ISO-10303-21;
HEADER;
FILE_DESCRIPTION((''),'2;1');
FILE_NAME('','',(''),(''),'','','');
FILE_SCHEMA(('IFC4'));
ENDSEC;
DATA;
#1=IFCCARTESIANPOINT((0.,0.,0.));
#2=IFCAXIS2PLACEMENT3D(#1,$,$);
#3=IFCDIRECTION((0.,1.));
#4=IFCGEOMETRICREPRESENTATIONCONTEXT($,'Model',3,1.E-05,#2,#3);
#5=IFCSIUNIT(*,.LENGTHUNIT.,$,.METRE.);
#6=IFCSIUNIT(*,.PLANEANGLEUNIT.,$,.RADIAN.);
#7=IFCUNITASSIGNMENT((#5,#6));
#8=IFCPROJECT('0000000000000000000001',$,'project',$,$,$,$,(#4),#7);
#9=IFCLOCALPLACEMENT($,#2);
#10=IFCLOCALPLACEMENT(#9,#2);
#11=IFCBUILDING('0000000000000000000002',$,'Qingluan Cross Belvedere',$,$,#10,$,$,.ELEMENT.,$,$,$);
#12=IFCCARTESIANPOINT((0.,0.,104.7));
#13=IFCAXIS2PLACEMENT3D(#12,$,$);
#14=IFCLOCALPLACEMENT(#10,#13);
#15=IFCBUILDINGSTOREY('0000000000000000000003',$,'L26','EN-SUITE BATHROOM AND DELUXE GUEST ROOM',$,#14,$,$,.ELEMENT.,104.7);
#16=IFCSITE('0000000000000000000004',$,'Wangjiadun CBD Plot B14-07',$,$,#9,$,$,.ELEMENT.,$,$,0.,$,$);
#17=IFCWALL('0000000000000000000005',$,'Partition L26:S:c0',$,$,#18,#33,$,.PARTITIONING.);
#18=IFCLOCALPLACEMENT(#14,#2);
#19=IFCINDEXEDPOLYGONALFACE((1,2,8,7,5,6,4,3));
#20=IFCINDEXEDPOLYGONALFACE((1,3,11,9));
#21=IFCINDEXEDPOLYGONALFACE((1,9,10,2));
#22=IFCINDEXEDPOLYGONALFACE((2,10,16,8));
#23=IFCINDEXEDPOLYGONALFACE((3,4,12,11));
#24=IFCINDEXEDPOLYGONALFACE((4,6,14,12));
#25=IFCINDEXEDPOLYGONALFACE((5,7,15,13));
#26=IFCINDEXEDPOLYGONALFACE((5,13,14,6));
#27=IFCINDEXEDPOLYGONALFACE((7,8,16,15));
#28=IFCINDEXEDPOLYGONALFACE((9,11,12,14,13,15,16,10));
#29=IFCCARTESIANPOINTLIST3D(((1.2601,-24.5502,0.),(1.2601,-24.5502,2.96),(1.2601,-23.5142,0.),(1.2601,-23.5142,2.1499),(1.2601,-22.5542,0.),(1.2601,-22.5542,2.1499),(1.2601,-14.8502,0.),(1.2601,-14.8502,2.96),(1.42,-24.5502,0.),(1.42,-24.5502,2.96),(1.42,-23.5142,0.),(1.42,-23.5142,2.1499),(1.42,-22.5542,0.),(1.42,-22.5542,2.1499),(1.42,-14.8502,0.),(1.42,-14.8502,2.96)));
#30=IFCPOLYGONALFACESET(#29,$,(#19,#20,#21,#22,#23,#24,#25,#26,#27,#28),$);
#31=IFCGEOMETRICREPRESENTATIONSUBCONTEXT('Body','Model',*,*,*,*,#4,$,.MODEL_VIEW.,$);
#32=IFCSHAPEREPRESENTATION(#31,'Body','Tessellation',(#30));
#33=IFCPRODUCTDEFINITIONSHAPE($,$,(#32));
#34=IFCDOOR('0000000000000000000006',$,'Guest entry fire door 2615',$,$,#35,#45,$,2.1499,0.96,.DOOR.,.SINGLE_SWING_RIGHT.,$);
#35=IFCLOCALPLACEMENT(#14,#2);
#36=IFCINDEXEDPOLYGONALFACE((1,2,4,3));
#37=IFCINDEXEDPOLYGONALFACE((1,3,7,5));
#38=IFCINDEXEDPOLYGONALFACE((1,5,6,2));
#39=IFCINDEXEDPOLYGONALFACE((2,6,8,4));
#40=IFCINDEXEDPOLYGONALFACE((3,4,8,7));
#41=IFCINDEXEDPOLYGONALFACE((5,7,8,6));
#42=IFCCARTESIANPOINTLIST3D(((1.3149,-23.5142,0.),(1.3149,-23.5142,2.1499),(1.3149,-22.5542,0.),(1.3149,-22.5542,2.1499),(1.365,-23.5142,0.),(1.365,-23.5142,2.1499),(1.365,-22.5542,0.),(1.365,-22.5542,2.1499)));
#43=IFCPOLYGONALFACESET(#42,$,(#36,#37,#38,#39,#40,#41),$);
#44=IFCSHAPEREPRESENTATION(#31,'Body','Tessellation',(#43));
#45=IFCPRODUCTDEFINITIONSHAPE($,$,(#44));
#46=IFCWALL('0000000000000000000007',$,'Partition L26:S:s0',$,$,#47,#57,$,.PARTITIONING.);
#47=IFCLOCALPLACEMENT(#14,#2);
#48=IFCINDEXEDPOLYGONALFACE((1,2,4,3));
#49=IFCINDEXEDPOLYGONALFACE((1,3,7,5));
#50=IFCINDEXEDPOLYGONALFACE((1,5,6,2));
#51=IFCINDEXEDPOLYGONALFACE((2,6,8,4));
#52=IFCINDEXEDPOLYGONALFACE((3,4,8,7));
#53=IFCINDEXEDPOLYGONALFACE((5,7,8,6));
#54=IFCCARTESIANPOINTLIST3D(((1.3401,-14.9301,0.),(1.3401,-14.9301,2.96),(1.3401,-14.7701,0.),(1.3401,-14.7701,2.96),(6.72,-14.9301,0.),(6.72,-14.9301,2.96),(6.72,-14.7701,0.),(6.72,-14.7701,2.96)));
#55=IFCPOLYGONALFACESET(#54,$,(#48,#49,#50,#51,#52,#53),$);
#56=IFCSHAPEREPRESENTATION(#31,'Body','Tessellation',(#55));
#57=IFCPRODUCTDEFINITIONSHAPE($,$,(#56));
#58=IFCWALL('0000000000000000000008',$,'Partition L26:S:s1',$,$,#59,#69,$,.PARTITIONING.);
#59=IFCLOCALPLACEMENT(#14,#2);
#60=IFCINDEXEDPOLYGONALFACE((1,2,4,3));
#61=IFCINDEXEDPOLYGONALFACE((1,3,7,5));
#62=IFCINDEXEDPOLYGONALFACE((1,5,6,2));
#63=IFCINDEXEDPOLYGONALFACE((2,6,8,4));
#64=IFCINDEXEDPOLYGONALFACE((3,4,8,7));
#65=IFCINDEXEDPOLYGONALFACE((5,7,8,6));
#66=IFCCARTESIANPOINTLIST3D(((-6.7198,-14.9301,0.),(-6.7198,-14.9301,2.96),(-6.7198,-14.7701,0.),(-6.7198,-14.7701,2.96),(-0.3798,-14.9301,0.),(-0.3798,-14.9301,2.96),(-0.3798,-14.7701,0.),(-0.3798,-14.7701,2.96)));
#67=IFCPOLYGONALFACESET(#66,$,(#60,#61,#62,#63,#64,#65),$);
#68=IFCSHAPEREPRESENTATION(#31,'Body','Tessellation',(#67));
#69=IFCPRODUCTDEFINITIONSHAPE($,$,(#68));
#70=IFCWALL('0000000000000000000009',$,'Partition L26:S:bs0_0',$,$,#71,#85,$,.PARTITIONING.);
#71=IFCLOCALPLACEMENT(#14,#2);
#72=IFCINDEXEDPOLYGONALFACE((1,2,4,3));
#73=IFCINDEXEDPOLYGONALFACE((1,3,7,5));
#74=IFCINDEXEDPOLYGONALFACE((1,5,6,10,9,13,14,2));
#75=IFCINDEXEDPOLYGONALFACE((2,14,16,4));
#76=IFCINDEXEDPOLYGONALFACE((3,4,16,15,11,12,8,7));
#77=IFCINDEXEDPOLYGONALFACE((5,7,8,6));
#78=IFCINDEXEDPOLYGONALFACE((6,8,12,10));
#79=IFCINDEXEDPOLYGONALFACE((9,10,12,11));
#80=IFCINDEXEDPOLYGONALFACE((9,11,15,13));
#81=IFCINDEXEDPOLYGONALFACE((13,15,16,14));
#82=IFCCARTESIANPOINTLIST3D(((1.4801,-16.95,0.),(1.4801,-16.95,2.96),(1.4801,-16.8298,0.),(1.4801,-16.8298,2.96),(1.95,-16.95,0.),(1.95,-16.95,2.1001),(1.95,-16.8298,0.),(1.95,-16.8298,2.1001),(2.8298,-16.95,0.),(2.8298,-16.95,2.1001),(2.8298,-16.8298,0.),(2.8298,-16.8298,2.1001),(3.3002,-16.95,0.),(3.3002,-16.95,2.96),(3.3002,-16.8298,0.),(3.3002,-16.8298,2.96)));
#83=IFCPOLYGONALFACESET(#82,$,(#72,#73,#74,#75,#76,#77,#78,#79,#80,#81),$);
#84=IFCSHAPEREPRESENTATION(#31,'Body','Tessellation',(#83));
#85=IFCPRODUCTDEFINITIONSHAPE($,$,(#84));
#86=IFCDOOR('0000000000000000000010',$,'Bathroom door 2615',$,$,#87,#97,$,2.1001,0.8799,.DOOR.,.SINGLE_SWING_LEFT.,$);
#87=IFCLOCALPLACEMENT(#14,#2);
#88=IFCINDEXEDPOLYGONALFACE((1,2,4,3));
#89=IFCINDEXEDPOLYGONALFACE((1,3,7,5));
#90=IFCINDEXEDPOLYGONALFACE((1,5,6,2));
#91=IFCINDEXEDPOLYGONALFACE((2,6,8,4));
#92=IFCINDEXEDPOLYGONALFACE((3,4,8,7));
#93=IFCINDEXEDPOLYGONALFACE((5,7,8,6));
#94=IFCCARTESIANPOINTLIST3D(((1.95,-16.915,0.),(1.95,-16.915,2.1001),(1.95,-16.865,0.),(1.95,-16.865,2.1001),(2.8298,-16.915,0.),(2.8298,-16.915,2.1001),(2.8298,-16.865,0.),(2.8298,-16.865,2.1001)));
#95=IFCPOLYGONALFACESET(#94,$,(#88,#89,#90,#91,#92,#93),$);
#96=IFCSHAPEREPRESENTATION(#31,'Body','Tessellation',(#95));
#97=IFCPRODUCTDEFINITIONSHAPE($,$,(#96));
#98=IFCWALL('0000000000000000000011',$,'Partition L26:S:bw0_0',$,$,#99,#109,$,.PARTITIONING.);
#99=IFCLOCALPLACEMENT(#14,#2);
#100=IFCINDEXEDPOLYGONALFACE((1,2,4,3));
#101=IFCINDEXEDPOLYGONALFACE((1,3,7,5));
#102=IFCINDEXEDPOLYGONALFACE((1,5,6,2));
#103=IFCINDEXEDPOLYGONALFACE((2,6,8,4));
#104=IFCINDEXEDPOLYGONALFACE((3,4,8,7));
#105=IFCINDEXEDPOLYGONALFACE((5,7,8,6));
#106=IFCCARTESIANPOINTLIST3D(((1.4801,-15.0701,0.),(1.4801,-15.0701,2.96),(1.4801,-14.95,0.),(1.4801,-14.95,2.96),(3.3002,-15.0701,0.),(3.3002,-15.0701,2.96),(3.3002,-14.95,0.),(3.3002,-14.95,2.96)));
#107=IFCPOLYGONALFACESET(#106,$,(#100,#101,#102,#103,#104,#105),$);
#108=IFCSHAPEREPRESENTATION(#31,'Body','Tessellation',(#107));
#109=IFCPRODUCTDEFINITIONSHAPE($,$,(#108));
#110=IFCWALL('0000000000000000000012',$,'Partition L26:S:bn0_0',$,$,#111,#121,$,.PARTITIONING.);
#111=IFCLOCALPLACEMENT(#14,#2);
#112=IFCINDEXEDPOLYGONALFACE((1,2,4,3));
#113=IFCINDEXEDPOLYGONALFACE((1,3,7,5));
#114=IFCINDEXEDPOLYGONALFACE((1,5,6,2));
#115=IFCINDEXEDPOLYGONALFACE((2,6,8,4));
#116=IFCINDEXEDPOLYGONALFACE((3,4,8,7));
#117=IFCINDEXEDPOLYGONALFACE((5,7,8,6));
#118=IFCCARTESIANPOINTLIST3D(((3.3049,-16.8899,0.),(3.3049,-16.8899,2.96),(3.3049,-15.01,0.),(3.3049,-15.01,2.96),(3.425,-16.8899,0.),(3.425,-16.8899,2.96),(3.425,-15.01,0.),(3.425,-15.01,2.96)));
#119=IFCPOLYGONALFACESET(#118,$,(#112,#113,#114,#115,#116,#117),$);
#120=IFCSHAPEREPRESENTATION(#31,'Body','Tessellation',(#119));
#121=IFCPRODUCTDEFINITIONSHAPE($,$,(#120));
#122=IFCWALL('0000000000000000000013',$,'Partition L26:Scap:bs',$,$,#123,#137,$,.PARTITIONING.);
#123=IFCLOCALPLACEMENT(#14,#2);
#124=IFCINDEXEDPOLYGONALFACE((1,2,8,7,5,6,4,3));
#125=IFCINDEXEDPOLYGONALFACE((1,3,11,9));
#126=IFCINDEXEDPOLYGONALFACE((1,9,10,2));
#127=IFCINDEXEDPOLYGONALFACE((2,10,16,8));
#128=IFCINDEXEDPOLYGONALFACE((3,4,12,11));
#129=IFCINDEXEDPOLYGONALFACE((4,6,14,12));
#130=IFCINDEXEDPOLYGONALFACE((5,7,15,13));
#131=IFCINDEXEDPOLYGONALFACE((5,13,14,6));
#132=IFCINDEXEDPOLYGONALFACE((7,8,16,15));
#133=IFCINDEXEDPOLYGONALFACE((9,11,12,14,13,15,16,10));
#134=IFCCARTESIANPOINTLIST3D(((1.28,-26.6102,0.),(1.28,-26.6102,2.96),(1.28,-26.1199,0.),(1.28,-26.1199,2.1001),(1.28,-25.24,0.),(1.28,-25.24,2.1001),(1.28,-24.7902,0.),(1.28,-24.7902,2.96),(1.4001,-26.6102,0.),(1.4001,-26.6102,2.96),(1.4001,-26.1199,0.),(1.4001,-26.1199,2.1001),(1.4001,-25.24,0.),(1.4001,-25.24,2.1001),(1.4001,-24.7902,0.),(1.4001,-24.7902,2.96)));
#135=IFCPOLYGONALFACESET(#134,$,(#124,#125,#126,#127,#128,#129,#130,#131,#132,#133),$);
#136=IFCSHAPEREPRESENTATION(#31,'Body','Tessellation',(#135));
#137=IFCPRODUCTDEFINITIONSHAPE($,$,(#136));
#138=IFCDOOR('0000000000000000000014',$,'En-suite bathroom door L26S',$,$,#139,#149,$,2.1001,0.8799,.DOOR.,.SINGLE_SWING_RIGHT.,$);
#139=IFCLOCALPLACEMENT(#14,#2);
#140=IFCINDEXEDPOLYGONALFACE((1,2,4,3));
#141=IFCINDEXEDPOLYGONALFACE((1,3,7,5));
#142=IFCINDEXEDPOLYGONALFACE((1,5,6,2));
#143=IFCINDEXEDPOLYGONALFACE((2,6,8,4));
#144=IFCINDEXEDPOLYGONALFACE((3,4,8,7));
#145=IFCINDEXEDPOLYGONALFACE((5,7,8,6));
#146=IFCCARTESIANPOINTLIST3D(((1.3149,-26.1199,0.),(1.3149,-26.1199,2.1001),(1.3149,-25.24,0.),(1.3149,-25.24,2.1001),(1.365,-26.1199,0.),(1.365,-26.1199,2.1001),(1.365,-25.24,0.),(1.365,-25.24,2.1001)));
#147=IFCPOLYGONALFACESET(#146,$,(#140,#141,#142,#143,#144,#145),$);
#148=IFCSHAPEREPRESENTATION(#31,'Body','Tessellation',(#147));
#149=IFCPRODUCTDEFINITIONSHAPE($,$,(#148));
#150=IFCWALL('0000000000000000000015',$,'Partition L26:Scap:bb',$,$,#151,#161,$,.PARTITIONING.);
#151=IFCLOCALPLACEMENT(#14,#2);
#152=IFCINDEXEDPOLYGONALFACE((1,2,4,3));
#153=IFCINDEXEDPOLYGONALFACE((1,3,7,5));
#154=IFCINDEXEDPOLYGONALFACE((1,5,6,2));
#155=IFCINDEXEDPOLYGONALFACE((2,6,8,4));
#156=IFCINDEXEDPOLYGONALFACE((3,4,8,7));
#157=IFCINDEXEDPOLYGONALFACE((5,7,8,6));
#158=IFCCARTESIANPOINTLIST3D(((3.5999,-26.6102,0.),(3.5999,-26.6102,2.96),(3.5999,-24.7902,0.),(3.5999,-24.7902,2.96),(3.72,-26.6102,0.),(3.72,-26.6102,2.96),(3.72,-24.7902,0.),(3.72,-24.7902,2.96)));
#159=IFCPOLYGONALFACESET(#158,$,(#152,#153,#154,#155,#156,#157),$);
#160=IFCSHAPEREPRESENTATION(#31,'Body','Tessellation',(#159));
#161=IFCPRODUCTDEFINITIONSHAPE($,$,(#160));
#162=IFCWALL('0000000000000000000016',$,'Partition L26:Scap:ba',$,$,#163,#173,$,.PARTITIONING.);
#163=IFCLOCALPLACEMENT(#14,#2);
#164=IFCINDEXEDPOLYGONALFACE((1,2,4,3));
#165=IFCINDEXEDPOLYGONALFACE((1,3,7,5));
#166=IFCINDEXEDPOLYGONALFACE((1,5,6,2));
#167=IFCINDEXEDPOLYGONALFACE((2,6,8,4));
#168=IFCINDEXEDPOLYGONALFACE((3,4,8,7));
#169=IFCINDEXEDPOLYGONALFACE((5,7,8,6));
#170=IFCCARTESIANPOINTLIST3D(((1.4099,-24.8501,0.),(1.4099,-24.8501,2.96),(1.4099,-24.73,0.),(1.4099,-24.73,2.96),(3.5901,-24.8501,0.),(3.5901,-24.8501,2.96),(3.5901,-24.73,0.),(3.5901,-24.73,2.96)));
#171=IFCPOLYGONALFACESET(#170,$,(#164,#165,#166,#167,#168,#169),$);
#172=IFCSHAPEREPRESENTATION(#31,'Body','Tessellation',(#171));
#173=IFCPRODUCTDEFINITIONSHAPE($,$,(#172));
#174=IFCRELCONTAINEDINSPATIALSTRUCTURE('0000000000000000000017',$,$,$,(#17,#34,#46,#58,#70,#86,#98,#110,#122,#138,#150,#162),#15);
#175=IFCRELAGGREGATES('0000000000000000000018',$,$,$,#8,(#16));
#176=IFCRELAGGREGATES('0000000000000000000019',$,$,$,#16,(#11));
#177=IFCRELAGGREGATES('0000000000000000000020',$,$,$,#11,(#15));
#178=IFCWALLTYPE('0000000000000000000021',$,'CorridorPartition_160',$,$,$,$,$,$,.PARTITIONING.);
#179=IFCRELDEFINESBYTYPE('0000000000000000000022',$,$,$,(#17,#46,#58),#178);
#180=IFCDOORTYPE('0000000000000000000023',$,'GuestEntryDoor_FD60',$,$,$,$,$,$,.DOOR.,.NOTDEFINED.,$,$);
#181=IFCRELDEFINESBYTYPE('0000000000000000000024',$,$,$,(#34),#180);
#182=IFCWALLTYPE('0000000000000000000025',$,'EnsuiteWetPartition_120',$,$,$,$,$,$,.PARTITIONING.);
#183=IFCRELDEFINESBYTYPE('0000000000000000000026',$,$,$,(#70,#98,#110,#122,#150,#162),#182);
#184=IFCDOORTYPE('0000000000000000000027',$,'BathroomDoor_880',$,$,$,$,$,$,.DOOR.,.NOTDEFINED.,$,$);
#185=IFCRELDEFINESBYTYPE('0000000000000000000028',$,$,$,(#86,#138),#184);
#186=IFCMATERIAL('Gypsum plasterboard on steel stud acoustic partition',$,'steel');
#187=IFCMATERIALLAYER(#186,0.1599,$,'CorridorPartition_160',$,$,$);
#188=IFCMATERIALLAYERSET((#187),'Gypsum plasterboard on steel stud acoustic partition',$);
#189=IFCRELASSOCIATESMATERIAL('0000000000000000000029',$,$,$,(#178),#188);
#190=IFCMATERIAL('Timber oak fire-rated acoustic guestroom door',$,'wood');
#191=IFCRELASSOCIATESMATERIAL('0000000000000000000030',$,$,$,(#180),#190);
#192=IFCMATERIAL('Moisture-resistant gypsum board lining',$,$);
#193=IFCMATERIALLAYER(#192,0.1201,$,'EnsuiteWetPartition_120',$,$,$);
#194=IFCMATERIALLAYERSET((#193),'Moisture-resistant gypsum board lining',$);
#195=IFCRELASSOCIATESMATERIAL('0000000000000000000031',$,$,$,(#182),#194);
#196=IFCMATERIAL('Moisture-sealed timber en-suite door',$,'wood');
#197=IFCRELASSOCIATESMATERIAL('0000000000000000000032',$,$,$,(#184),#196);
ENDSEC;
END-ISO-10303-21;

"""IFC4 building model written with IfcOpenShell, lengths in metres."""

from ifc_helpers import new_model, si_unit, direction, frame, frame_2d, origin, place, context, subcontext, project, spatial, rectangle, extrude, material, layer, layer_set, type_object, element, fill, save


model = new_model("IFC4")

# Units and contexts
model_context = context("Model", 3, precision=1e-05, world=origin(), true_north=direction((0.0, 1.0)))
body_context = subcontext(model_context, "Body", "Model", "MODEL_VIEW")
ifc_project = project(units=[si_unit("LENGTHUNIT", "METRE"), si_unit("PLANEANGLEUNIT", "RADIAN")], contexts=[model_context])

# Site, building, storey
site_placement = place(None, origin())
site = spatial("IfcSite", under=ifc_project, at=site_placement, Name="Wangjiadun CBD Plot B14-07", CompositionType="ELEMENT", RefElevation=0.0)
building_placement = place(site_placement, origin())
building = spatial("IfcBuilding", under=site, at=building_placement, Name="Qingluan Cross Belvedere", CompositionType="ELEMENT")
storey_placement = place(building_placement, frame((0.0, 0.0, 104.7)))
storey = spatial("IfcBuildingStorey", under=building, at=storey_placement, Name="L26", Description="EN-SUITE BATHROOM AND DELUXE GUEST ROOM", CompositionType="ELEMENT", Elevation=104.7)

# Wall, opening, door
ifc_material_1 = material(Name="Gypsum plasterboard on steel stud acoustic partition", Category="steel")
ifc_layer_1 = layer(ifc_material_1, 0.1599, Name="CorridorPartition_160")
ifc_layer_set_1 = layer_set([ifc_layer_1], Name="Gypsum plasterboard on steel stud acoustic partition")
wall_type_1 = type_object("IfcWallType", Name="CorridorPartition_160", PredefinedType="PARTITIONING", material=ifc_layer_set_1)
wall_1_placement = place(storey_placement, frame((1.3401, -14.8501, 0.0), z_axis=(0.0, 0.0, 1.0), x_axis=(0.0, -1.0, 0.0)))
wall_1 = element("IfcWall", 1, at=wall_1_placement, inside=storey, type_object=wall_type_1, Name="Partition L26:S:c0", PredefinedType="PARTITIONING", context=body_context, shape_type="SweptSolid", body=[
    extrude(rectangle(XDim=9.7, YDim=0.1599, at=frame_2d((4.8501, 0.0))), origin(), (0.0, 0.0, 1.0), 2.96),
])
opening_1_placement = place(wall_1_placement, frame((7.7041, 0.0, 0.0)))
opening_1 = element("IfcOpeningElement", 2, at=opening_1_placement, cuts=wall_1, PredefinedType="OPENING", context=body_context, shape_type="SweptSolid", body=[
    extrude(rectangle(XDim=0.96, YDim=2.1499, at=frame_2d((0.48, 1.075))), frame((0.0, 0.0898, 0.0), z_axis=(0.0, -1.0, 0.0), x_axis=(1.0, 0.0, 0.0)), (0.0, 0.0, 1.0), 0.1799),
])
ifc_material_2 = material(Name="Timber oak fire-rated acoustic guestroom door", Category="wood")
door_type_1 = type_object("IfcDoorType", Name="GuestEntryDoor_FD60", OperationType="NOTDEFINED", PredefinedType="DOOR", material=ifc_material_2)
door_1_placement = place(opening_1_placement, origin())
door_1 = element("IfcDoor", 3, at=door_1_placement, inside=storey, type_object=door_type_1, Name="Guest entry fire door 2615", OperationType="SINGLE_SWING_RIGHT", OverallHeight=2.1499, OverallWidth=0.96, PredefinedType="DOOR", context=body_context, shape_type="SweptSolid", body=[
    extrude(rectangle(XDim=0.96, YDim=2.1499, at=frame_2d((0.48, 1.075))), frame((0.0, 0.0249, 0.0), z_axis=(0.0, -1.0, 0.0), x_axis=(1.0, 0.0, 0.0)), (0.0, 0.0, 1.0), 0.05),
])
fill(opening_1, door_1)

# Walls
wall_2_placement = place(storey_placement, frame((1.3401, -14.8501, 0.0), z_axis=(0.0, 0.0, 1.0), x_axis=(1.0, 0.0, 0.0)))
element("IfcWall", 4, at=wall_2_placement, inside=storey, type_object=wall_type_1, Name="Partition L26:S:s0", PredefinedType="PARTITIONING", context=body_context, shape_type="SweptSolid", body=[
    extrude(rectangle(XDim=5.3799, YDim=0.1599, at=frame_2d((2.6899, 0.0))), origin(), (0.0, 0.0, 1.0), 2.96),
])
wall_3_placement = place(storey_placement, frame((-0.3799, -14.8501, 0.0), z_axis=(0.0, 0.0, 1.0), x_axis=(-1.0, 0.0, 0.0)))
element("IfcWall", 5, at=wall_3_placement, inside=storey, type_object=wall_type_1, Name="Partition L26:S:s1", PredefinedType="PARTITIONING", context=body_context, shape_type="SweptSolid", body=[
    extrude(rectangle(XDim=6.3401, YDim=0.1599, at=frame_2d((3.1699, 0.0))), origin(), (0.0, 0.0, 1.0), 2.96),
])

# Wall, opening, door
ifc_material_3 = material(Name="Moisture-resistant gypsum board lining")
ifc_layer_2 = layer(ifc_material_3, 0.1201, Name="EnsuiteWetPartition_120")
ifc_layer_set_2 = layer_set([ifc_layer_2], Name="Moisture-resistant gypsum board lining")
wall_type_2 = type_object("IfcWallType", Name="EnsuiteWetPartition_120", PredefinedType="PARTITIONING", material=ifc_layer_set_2)
wall_4_placement = place(storey_placement, frame((1.48, -16.8899, 0.0), z_axis=(0.0, 0.0, 1.0), x_axis=(1.0, 0.0, 0.0)))
wall_4 = element("IfcWall", 6, at=wall_4_placement, inside=storey, type_object=wall_type_2, Name="Partition L26:S:bs0_0", PredefinedType="PARTITIONING", context=body_context, shape_type="SweptSolid", body=[
    extrude(rectangle(XDim=1.8201, YDim=0.1201, at=frame_2d((0.9102, 0.0))), origin(), (0.0, 0.0, 1.0), 2.96),
])
opening_2_placement = place(wall_4_placement, frame((0.47, 0.0, 0.0)))
opening_2 = element("IfcOpeningElement", 7, at=opening_2_placement, cuts=wall_4, PredefinedType="OPENING", context=body_context, shape_type="SweptSolid", body=[
    extrude(rectangle(XDim=0.8799, YDim=2.1001, at=frame_2d((0.4399, 1.05))), frame((0.0, 0.0701, 0.0), z_axis=(0.0, -1.0, 0.0), x_axis=(1.0, 0.0, 0.0)), (0.0, 0.0, 1.0), 0.1401),
])
ifc_material_4 = material(Name="Moisture-sealed timber en-suite door", Category="wood")
door_type_2 = type_object("IfcDoorType", Name="BathroomDoor_880", OperationType="NOTDEFINED", PredefinedType="DOOR", material=ifc_material_4)
door_2_placement = place(opening_2_placement, origin())
door_2 = element("IfcDoor", 8, at=door_2_placement, inside=storey, type_object=door_type_2, Name="Bathroom door 2615", OperationType="SINGLE_SWING_LEFT", OverallHeight=2.1001, OverallWidth=0.8799, PredefinedType="DOOR", context=body_context, shape_type="SweptSolid", body=[
    extrude(rectangle(XDim=0.8799, YDim=2.1001, at=frame_2d((0.4399, 1.05))), frame((0.0, 0.0249, 0.0), z_axis=(0.0, -1.0, 0.0), x_axis=(1.0, 0.0, 0.0)), (0.0, 0.0, 1.0), 0.05),
])
fill(opening_2, door_2)

# Walls
wall_5_placement = place(storey_placement, frame((1.48, -15.01, 0.0), z_axis=(0.0, 0.0, 1.0), x_axis=(1.0, 0.0, 0.0)))
element("IfcWall", 9, at=wall_5_placement, inside=storey, type_object=wall_type_2, Name="Partition L26:S:bw0_0", PredefinedType="PARTITIONING", context=body_context, shape_type="SweptSolid", body=[
    extrude(rectangle(XDim=1.8201, YDim=0.1201, at=frame_2d((0.9102, 0.0))), origin(), (0.0, 0.0, 1.0), 2.96),
])
wall_6_placement = place(storey_placement, frame((3.365, -15.01, 0.0), z_axis=(0.0, 0.0, 1.0), x_axis=(0.0, -1.0, 0.0)))
element("IfcWall", 10, at=wall_6_placement, inside=storey, type_object=wall_type_2, Name="Partition L26:S:bn0_0", PredefinedType="PARTITIONING", context=body_context, shape_type="SweptSolid", body=[
    extrude(rectangle(XDim=1.8799, YDim=0.1201, at=frame_2d((0.9399, 0.0))), origin(), (0.0, 0.0, 1.0), 2.96),
])

# Wall, opening, door
wall_7_placement = place(storey_placement, frame((1.3401, -24.79, 0.0), z_axis=(0.0, 0.0, 1.0), x_axis=(0.0, -1.0, 0.0)))
wall_7 = element("IfcWall", 11, at=wall_7_placement, inside=storey, type_object=wall_type_2, Name="Partition L26:Scap:bs", PredefinedType="PARTITIONING", context=body_context, shape_type="SweptSolid", body=[
    extrude(rectangle(XDim=1.8201, YDim=0.1201, at=frame_2d((0.9102, 0.0))), origin(), (0.0, 0.0, 1.0), 2.96),
])
opening_3_placement = place(wall_7_placement, frame((0.45, 0.0, 0.0)))
opening_3 = element("IfcOpeningElement", 12, at=opening_3_placement, cuts=wall_7, PredefinedType="OPENING", context=body_context, shape_type="SweptSolid", body=[
    extrude(rectangle(XDim=0.8799, YDim=2.1001, at=frame_2d((0.4399, 1.05))), frame((0.0, 0.0701, 0.0), z_axis=(0.0, -1.0, 0.0), x_axis=(1.0, 0.0, 0.0)), (0.0, 0.0, 1.0), 0.1401),
])
door_3_placement = place(opening_3_placement, origin())
door_3 = element("IfcDoor", 13, at=door_3_placement, inside=storey, type_object=door_type_2, Name="En-suite bathroom door L26S", OperationType="SINGLE_SWING_RIGHT", OverallHeight=2.1001, OverallWidth=0.8799, PredefinedType="DOOR", context=body_context, shape_type="SweptSolid", body=[
    extrude(rectangle(XDim=0.8799, YDim=2.1001, at=frame_2d((0.4399, 1.05))), frame((0.0, 0.0249, 0.0), z_axis=(0.0, -1.0, 0.0), x_axis=(1.0, 0.0, 0.0)), (0.0, 0.0, 1.0), 0.05),
])
fill(opening_3, door_3)

# Walls
wall_8_placement = place(storey_placement, frame((3.6599, -24.79, 0.0), z_axis=(0.0, 0.0, 1.0), x_axis=(0.0, -1.0, 0.0)))
element("IfcWall", 14, at=wall_8_placement, inside=storey, type_object=wall_type_2, Name="Partition L26:Scap:bb", PredefinedType="PARTITIONING", context=body_context, shape_type="SweptSolid", body=[
    extrude(rectangle(XDim=1.8201, YDim=0.1201, at=frame_2d((0.9102, 0.0))), origin(), (0.0, 0.0, 1.0), 2.96),
])
for number, where, z_axis, x_axis, name in (
    (15, (1.4099, -24.79, 0.0), (0.0, 0.0, 1.0), (1.0, 0.0, 0.0), "Partition L26:Scap:ba"),
):
    element("IfcWall", number, at=place(storey_placement, frame(where, z_axis=z_axis, x_axis=x_axis)), inside=storey, type_object=wall_type_2, Name=name, PredefinedType="PARTITIONING", context=body_context, shape_type="SweptSolid", body=[
        extrude(rectangle(XDim=2.1802, YDim=0.1201, at=frame_2d((1.0901, 0.0))), origin(), (0.0, 0.0, 1.0), 2.96),
    ])

save(model, "model.ifc")
